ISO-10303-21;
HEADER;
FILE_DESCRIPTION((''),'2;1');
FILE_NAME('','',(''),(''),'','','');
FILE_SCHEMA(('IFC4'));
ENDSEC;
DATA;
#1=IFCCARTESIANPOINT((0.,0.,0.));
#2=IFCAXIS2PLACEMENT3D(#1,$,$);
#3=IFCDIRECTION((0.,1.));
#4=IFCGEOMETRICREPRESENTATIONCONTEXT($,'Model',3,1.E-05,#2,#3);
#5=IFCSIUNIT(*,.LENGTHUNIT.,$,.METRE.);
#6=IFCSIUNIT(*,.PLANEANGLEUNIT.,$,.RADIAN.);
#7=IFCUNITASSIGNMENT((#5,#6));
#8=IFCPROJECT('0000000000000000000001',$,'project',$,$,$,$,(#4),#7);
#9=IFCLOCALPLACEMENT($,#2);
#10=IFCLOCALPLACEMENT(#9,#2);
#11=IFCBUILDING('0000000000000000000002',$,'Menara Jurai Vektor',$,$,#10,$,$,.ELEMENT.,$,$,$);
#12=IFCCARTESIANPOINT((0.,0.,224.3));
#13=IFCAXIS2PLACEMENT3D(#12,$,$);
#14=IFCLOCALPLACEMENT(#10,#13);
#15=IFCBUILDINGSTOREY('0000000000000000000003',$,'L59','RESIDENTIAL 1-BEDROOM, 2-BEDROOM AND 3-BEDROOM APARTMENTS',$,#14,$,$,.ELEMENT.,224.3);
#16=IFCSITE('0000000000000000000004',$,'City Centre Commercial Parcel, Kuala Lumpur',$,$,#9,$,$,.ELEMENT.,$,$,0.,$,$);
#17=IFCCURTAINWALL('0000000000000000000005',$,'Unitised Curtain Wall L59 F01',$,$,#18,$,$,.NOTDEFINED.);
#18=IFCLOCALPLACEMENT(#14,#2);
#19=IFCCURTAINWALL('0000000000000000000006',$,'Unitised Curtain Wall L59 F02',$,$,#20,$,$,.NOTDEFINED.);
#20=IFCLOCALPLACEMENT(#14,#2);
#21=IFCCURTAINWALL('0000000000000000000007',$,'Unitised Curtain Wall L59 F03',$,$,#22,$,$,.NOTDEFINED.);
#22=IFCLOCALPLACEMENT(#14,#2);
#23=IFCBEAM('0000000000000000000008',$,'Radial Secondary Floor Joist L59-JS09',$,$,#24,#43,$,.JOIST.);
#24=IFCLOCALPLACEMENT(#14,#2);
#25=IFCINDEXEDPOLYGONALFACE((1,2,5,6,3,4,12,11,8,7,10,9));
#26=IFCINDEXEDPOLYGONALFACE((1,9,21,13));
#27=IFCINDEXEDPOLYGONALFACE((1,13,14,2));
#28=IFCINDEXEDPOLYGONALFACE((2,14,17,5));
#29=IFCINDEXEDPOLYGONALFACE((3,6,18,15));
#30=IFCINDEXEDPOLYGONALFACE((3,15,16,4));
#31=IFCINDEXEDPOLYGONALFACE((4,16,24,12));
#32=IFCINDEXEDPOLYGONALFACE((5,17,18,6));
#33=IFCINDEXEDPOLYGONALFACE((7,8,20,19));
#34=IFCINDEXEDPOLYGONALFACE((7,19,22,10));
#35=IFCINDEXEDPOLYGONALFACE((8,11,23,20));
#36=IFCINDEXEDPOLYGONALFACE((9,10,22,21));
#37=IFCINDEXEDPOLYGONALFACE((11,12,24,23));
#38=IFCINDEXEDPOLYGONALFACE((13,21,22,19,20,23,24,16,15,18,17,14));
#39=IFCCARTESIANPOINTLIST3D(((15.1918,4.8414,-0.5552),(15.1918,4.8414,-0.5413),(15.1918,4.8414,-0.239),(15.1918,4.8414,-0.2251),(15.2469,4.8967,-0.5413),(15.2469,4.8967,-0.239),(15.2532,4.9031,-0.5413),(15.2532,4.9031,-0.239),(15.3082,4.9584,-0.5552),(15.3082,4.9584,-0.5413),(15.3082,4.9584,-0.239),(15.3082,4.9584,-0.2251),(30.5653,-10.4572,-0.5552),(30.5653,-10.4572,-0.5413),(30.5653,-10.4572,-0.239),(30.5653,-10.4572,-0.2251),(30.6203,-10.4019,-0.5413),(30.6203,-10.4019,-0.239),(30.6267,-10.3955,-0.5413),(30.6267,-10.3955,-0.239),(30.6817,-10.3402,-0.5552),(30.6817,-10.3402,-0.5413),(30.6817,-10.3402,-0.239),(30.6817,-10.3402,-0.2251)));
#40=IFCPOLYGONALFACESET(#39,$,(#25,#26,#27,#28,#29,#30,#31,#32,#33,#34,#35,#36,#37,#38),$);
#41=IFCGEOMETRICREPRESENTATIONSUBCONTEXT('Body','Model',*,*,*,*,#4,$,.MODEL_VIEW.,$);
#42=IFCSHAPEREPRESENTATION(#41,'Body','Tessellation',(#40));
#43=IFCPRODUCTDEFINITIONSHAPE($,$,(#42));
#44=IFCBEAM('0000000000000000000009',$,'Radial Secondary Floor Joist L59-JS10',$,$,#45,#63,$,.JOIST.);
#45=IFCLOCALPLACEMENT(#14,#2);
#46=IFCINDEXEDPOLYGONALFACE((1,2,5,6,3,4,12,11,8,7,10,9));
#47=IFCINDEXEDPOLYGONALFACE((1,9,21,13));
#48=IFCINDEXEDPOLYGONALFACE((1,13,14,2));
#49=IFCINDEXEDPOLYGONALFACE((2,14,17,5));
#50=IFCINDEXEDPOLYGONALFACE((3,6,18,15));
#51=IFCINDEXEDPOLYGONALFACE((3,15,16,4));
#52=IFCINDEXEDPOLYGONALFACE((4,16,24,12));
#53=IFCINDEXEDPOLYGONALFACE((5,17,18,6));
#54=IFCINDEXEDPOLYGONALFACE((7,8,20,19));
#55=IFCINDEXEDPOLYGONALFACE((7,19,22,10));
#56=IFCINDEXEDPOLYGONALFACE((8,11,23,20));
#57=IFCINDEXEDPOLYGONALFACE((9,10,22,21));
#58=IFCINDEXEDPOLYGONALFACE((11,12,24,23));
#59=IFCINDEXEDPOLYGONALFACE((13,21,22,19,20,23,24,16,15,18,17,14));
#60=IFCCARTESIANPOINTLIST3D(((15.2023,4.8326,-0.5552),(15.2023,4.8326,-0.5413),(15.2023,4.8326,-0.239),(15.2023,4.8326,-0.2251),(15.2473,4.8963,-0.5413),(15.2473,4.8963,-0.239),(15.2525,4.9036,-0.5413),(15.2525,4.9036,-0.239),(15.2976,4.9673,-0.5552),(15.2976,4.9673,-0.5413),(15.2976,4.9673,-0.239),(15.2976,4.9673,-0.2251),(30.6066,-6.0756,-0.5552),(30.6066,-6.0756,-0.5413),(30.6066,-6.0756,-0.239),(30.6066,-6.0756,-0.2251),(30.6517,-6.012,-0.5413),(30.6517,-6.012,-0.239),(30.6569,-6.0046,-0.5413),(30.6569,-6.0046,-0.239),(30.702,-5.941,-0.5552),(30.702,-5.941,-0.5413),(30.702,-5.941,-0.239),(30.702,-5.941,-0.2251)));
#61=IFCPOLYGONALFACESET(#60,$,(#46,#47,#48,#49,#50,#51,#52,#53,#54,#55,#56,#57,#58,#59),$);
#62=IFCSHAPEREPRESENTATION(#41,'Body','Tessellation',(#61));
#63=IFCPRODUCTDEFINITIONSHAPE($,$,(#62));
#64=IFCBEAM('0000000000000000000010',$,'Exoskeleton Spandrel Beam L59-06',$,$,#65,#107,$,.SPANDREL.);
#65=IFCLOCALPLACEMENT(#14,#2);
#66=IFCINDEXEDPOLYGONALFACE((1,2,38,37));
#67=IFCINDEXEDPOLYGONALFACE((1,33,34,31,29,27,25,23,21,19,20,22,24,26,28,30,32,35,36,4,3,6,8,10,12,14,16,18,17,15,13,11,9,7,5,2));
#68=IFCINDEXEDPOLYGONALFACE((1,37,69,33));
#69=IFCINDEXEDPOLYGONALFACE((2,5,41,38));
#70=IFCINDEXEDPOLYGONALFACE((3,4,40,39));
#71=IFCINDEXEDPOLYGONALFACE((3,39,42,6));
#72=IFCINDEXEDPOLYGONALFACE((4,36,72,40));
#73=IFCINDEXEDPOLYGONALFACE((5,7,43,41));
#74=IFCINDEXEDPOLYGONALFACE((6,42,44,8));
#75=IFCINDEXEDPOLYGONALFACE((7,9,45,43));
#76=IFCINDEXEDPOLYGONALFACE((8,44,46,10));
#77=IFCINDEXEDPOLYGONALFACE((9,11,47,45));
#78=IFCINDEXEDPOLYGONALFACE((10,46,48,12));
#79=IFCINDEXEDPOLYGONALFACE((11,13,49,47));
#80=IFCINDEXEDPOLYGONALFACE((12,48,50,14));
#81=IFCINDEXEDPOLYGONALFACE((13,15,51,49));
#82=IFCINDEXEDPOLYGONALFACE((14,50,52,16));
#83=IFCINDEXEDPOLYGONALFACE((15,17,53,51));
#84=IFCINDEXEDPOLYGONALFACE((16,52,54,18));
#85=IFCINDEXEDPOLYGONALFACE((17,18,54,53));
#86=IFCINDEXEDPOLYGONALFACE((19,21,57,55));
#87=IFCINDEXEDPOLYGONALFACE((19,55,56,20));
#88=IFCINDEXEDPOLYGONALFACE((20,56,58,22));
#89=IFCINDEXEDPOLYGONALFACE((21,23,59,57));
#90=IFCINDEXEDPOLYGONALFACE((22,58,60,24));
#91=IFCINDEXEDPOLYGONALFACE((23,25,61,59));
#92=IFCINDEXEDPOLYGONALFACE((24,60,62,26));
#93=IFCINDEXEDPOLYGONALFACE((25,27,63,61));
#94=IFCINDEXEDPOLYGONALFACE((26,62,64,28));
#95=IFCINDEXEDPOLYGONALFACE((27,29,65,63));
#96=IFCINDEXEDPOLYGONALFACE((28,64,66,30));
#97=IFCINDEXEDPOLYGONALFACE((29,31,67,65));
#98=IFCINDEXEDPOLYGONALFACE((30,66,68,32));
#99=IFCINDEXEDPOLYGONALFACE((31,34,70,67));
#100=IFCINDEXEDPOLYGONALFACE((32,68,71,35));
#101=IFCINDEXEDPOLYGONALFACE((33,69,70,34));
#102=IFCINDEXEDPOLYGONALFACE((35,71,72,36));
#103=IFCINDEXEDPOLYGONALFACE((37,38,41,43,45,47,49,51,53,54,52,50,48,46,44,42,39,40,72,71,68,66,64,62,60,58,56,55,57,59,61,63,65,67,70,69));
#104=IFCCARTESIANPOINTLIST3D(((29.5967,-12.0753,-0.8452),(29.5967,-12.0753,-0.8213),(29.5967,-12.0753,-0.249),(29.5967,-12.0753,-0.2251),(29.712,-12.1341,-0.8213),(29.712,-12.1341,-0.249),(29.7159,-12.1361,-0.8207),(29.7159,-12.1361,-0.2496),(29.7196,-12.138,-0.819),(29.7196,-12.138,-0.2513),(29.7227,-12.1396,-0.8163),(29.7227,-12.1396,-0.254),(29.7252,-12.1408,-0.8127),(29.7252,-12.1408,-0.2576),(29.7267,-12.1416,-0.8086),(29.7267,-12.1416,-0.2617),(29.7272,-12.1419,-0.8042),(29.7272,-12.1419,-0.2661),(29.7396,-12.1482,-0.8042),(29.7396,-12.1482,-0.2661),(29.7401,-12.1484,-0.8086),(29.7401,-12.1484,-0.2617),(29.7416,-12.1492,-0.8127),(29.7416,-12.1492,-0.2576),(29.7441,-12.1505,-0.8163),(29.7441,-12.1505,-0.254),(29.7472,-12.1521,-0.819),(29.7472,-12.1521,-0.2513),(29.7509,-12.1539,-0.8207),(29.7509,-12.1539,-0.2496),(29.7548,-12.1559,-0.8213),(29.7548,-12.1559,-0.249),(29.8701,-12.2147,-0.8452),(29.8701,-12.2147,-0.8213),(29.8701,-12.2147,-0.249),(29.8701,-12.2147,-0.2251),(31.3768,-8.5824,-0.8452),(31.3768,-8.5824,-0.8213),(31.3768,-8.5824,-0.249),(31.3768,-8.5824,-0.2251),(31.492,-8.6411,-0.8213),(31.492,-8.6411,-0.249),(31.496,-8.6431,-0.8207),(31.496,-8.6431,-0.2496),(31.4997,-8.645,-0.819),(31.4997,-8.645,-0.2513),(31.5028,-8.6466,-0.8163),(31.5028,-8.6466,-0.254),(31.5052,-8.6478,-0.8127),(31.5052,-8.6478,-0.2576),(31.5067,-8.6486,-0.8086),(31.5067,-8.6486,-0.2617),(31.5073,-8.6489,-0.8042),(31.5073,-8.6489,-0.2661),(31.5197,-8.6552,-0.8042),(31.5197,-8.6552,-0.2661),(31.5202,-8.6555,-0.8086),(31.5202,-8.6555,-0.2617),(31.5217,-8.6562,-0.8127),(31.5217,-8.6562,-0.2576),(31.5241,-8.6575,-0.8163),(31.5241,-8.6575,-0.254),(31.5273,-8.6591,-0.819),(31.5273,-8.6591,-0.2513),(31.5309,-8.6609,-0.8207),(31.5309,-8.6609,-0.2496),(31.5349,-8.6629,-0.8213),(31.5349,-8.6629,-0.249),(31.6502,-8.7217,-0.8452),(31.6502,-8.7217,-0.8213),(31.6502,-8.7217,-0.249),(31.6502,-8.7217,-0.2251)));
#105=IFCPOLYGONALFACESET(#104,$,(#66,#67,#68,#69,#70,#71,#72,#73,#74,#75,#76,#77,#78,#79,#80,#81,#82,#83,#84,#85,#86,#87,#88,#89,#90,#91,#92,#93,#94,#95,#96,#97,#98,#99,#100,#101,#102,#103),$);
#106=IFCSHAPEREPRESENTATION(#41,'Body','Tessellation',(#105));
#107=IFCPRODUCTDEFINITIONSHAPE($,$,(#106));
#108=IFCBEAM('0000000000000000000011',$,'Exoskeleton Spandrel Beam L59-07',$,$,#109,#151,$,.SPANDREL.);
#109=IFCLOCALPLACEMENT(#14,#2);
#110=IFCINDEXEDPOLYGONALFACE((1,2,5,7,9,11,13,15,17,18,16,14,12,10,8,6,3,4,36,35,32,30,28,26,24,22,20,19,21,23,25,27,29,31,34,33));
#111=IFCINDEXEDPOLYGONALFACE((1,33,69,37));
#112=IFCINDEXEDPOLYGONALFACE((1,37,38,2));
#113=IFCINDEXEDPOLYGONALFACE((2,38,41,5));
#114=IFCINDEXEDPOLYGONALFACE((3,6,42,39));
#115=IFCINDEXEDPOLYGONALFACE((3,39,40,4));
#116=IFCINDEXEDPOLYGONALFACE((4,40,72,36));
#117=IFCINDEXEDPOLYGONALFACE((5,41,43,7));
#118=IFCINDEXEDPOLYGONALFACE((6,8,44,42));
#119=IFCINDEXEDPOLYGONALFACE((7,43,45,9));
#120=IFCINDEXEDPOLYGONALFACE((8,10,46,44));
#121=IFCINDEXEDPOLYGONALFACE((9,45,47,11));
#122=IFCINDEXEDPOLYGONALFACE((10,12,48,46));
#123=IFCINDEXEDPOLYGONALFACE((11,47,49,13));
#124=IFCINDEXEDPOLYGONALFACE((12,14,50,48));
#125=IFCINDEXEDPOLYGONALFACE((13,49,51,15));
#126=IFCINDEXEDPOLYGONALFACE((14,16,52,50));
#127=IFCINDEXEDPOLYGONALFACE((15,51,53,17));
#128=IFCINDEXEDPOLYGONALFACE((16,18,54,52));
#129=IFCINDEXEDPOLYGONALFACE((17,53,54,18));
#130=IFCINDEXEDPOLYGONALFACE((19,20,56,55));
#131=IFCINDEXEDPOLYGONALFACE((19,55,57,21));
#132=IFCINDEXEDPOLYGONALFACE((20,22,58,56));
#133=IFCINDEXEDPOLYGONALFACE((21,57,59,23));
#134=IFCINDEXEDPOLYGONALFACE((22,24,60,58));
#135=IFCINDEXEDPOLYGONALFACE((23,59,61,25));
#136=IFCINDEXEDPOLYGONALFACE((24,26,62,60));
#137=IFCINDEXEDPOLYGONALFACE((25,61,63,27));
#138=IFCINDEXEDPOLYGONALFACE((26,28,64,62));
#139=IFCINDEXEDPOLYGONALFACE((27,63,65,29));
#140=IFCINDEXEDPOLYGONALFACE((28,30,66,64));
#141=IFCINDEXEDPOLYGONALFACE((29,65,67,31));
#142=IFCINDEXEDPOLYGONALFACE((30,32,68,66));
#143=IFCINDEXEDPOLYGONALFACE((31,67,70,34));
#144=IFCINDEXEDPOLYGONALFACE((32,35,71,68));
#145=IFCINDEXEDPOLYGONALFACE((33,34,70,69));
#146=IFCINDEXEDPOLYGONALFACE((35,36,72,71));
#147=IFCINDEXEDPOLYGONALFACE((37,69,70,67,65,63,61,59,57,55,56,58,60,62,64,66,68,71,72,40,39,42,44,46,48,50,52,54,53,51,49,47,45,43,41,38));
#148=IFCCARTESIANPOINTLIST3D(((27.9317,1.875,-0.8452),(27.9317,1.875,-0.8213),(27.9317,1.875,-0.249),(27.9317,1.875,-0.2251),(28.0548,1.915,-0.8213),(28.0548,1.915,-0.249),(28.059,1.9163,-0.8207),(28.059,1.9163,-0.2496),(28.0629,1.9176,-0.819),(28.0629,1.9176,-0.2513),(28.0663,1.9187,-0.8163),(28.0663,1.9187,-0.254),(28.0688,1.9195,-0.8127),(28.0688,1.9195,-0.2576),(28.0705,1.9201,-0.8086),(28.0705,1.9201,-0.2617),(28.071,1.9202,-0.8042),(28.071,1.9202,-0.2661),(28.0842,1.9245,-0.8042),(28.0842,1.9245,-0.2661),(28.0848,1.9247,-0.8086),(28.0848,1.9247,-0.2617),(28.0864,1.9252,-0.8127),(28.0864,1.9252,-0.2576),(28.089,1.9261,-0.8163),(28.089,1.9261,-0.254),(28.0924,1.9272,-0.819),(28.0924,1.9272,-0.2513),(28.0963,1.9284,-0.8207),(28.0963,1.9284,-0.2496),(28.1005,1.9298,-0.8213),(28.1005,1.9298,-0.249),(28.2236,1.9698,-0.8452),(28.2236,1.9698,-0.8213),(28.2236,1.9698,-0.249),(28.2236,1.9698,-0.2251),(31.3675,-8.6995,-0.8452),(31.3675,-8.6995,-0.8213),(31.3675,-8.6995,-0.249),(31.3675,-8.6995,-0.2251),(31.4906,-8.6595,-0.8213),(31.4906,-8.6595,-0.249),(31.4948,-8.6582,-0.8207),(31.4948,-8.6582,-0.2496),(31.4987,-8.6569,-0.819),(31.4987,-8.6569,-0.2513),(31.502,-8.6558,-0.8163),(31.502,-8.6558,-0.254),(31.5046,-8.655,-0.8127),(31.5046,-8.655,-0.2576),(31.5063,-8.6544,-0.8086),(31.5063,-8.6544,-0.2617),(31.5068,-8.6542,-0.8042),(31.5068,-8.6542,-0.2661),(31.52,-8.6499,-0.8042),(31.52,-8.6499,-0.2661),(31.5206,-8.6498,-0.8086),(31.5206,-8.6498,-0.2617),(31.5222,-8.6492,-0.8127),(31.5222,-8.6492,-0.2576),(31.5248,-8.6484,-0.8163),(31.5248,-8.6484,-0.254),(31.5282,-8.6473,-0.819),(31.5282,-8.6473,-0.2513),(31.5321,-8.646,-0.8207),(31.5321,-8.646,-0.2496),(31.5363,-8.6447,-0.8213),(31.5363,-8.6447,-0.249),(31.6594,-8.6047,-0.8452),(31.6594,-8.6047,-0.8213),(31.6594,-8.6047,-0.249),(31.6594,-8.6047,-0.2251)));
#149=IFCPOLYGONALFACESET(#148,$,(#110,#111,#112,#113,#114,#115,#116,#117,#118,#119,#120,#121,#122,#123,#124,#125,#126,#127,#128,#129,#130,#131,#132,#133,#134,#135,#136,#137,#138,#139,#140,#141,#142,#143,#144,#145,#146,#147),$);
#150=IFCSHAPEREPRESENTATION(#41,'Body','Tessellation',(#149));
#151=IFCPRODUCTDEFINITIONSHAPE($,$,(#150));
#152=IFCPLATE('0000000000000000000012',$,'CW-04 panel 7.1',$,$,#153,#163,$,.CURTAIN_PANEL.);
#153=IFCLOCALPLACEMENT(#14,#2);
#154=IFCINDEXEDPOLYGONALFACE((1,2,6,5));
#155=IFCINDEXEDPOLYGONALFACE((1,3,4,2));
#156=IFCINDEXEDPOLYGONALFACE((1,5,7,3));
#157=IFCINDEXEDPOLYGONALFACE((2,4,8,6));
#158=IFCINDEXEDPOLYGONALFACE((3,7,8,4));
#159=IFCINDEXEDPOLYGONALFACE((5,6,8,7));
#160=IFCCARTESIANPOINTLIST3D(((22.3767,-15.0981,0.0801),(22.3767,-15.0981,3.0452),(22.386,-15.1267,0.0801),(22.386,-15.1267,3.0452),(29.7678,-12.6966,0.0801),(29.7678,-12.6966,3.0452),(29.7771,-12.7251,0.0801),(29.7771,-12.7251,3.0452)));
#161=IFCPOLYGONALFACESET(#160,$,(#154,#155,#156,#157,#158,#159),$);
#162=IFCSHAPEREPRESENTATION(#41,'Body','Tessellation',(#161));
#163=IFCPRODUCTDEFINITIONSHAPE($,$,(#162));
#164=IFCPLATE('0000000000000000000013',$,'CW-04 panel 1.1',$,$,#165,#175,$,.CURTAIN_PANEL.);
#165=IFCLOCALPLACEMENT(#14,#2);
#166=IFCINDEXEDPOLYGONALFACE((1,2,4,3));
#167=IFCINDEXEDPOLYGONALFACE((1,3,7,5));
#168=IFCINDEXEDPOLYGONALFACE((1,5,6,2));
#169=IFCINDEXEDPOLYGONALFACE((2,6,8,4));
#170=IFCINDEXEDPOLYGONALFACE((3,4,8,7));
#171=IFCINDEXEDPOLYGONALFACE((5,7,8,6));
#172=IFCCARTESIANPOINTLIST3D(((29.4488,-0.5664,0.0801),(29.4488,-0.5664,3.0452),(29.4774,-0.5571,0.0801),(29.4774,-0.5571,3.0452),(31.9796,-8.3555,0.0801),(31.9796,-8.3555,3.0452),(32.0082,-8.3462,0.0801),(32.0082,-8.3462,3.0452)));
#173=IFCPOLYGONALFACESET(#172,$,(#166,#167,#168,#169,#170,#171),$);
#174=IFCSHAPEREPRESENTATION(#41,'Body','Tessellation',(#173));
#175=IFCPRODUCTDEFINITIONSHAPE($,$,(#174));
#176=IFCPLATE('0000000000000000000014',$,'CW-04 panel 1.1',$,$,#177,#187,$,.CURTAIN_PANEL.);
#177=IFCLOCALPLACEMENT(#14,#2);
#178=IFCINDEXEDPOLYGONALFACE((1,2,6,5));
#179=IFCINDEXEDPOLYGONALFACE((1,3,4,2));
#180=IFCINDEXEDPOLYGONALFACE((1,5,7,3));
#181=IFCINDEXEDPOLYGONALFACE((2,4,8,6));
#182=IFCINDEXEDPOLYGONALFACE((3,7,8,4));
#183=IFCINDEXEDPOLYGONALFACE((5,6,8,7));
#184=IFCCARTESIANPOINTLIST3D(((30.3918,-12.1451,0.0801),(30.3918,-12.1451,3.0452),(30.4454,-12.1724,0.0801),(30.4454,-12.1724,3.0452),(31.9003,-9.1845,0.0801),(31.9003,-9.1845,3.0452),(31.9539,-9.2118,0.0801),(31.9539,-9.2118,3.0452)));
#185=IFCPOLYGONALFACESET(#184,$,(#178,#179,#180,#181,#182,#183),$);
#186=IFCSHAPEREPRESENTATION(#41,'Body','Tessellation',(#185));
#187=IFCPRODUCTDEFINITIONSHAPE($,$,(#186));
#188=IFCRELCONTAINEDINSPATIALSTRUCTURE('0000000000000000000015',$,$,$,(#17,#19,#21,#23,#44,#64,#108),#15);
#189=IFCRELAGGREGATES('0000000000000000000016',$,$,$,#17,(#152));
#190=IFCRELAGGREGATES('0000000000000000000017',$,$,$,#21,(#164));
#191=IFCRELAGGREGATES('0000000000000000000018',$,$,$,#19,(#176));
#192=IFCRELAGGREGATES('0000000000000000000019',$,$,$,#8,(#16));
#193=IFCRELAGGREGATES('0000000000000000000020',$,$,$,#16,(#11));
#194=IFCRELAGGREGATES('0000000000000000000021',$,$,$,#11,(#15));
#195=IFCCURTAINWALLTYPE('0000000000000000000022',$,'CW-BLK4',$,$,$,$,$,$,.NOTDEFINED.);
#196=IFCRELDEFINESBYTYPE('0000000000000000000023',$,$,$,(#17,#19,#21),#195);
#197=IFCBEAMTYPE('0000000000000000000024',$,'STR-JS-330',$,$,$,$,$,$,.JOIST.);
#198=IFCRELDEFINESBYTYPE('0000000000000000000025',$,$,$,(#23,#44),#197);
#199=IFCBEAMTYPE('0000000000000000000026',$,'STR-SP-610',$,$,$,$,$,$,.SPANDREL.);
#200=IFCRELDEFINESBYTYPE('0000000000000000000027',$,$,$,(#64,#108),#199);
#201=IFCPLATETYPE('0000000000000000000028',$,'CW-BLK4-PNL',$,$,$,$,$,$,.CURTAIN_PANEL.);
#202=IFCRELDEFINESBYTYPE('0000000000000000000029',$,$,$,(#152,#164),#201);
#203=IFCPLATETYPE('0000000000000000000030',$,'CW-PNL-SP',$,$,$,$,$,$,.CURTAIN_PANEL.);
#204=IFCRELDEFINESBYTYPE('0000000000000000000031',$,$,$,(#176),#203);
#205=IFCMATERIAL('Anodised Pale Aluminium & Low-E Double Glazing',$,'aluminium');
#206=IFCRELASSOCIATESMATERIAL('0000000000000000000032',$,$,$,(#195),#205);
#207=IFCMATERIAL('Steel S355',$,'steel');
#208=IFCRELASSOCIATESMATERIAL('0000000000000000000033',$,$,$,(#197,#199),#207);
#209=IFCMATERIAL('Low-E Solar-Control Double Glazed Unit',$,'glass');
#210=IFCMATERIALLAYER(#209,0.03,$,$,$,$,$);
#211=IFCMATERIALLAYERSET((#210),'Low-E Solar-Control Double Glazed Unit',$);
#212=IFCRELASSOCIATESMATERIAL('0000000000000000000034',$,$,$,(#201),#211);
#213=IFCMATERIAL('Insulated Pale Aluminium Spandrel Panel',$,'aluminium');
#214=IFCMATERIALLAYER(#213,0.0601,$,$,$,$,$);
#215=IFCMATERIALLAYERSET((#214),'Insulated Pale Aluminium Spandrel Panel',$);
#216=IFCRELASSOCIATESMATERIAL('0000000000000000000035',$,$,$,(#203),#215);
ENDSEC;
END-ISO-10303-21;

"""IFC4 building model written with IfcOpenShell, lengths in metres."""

from ifc_helpers import new_model, si_unit, direction, frame, origin, origin_2d, place, context, subcontext, project, spatial, rectangle, i_section, extrude, material, layer, layer_set, material_profile, profile_set, type_object, element, aggregate, save


model = new_model("IFC4")

# Units and contexts
model_context = context("Model", 3, precision=1e-05, world=origin(), true_north=direction((0.0, 1.0)))
body_context = subcontext(model_context, "Body", "Model", "MODEL_VIEW")
ifc_project = project(units=[si_unit("LENGTHUNIT", "METRE"), si_unit("PLANEANGLEUNIT", "RADIAN")], contexts=[model_context])

# Site, building, storey
site_placement = place(None, origin())
site = spatial("IfcSite", under=ifc_project, at=site_placement, Name="City Centre Commercial Parcel, Kuala Lumpur", CompositionType="ELEMENT", RefElevation=0.0)
building_placement = place(site_placement, origin())
building = spatial("IfcBuilding", under=site, at=building_placement, Name="Menara Jurai Vektor", CompositionType="ELEMENT")
storey_placement = place(building_placement, frame((0.0, 0.0, 224.3)))
storey = spatial("IfcBuildingStorey", under=building, at=storey_placement, Name="L59", Description="RESIDENTIAL 1-BEDROOM, 2-BEDROOM AND 3-BEDROOM APARTMENTS", CompositionType="ELEMENT", Elevation=224.3)

# Curtain wall
ifc_material_1 = material(Name="Anodised Pale Aluminium & Low-E Double Glazing", Category="aluminium")
curtain_wall_type = type_object("IfcCurtainWallType", Name="CW-BLK4", PredefinedType="NOTDEFINED", material=ifc_material_1)
curtain_wall_1_placement = place(storey_placement, origin())
curtain_wall_1 = element("IfcCurtainWall", 1, at=curtain_wall_1_placement, inside=storey, type_object=curtain_wall_type, Name="Unitised Curtain Wall L59 F01", PredefinedType="NOTDEFINED")

# Curtain walls
curtain_wall_2_placement = place(storey_placement, origin())
curtain_wall_2 = element("IfcCurtainWall", 2, at=curtain_wall_2_placement, inside=storey, type_object=curtain_wall_type, Name="Unitised Curtain Wall L59 F02", PredefinedType="NOTDEFINED")
curtain_wall_3_placement = place(storey_placement, origin())
curtain_wall_3 = element("IfcCurtainWall", 3, at=curtain_wall_3_placement, inside=storey, type_object=curtain_wall_type, Name="Unitised Curtain Wall L59 F03", PredefinedType="NOTDEFINED")

# Shared definitions
ifc_material_2 = material(Name="Steel S355", Category="steel")

# Beams
ifc_material_profile_1 = material_profile(ifc_material_2, i_section(OverallWidth=0.165, OverallDepth=0.3301, WebThickness=0.009, FlangeThickness=0.0139, at=origin_2d()), Name="PG 330x165x46")
ifc_profile_set_1 = profile_set([ifc_material_profile_1], Name="Steel S355")
beam_type_1 = type_object("IfcBeamType", Name="STR-JS-330", PredefinedType="JOIST", material=ifc_profile_set_1)
beam_1_placement = place(storey_placement, frame((30.6235, -10.3987, -0.3901), z_axis=(-0.708833, 0.705377, 0.0), x_axis=(-0.705377, -0.708833, 0.0)))
element("IfcBeam", 4, at=beam_1_placement, inside=storey, type_object=beam_type_1, Name="Radial Secondary Floor Joist L59-JS09", PredefinedType="JOIST", context=body_context, shape_type="SweptSolid", body=[
    extrude(i_section(OverallWidth=0.165, OverallDepth=0.3301, WebThickness=0.009, FlangeThickness=0.0139, at=origin_2d()), origin(), (0.0, 0.0, 1.0), 21.6885),
])
beam_2_placement = place(storey_placement, frame((30.6543, -6.0083, -0.3901), z_axis=(-0.816104, 0.577905, 0.0), x_axis=(-0.577905, -0.816104, 0.0)))
element("IfcBeam", 5, at=beam_2_placement, inside=storey, type_object=beam_type_1, Name="Radial Secondary Floor Joist L59-JS10", PredefinedType="JOIST", context=body_context, shape_type="SweptSolid", body=[
    extrude(i_section(OverallWidth=0.165, OverallDepth=0.3301, WebThickness=0.009, FlangeThickness=0.0139, at=origin_2d()), origin(), (0.0, 0.0, 1.0), 18.8755),
])
ifc_material_profile_2 = material_profile(ifc_material_2, i_section(OverallWidth=0.3069, OverallDepth=0.6201, WebThickness=0.0139, FlangeThickness=0.0239, FilletRadius=0.0171, at=origin_2d()), Name="UKB 610x305x179")
ifc_profile_set_2 = profile_set([ifc_material_profile_2], Name="Steel S355")
beam_type_2 = type_object("IfcBeamType", Name="STR-SP-610", PredefinedType="SPANDREL", material=ifc_profile_set_2)
beam_3_placement = place(storey_placement, frame((29.7334, -12.145, -0.5352), z_axis=(0.454051, 0.890976, 0.0), x_axis=(-0.890976, 0.454051, 0.0)))
element("IfcBeam", 6, at=beam_3_placement, inside=storey, type_object=beam_type_2, Name="Exoskeleton Spandrel Beam L59-06", PredefinedType="SPANDREL", context=body_context, shape_type="SweptSolid", body=[
    extrude(i_section(OverallWidth=0.3069, OverallDepth=0.6201, WebThickness=0.0139, FlangeThickness=0.0239, FilletRadius=0.0171, at=origin_2d()), origin(), (0.0, 0.0, 1.0), 3.9204),
])
beam_4_placement = place(storey_placement, frame((31.5134, -8.6521, -0.5352), z_axis=(-0.309012, 0.951058, 0.0), x_axis=(-0.951058, -0.309012, 0.0)))
element("IfcBeam", 7, at=beam_4_placement, inside=storey, type_object=beam_type_2, Name="Exoskeleton Spandrel Beam L59-07", PredefinedType="SPANDREL", context=body_context, shape_type="SweptSolid", body=[
    extrude(i_section(OverallWidth=0.3069, OverallDepth=0.6201, WebThickness=0.0139, FlangeThickness=0.0239, FilletRadius=0.0171, at=origin_2d()), origin(), (0.0, 0.0, 1.0), 11.1187),
])

# Plates
ifc_material_3 = material(Name="Low-E Solar-Control Double Glazed Unit", Category="glass")
ifc_layer_1 = layer(ifc_material_3, 0.03)
ifc_layer_set_1 = layer_set([ifc_layer_1], Name="Low-E Solar-Control Double Glazed Unit")
plate_type_1 = type_object("IfcPlateType", Name="CW-BLK4-PNL", PredefinedType="CURTAIN_PANEL", material=ifc_layer_set_1)
plate_1_placement = place(storey_placement, frame((26.0769, -13.9116, 0.0801), z_axis=(0.0, 0.0, 1.0), x_axis=(0.951056, 0.309017, 0.0)))
plate_1 = element("IfcPlate", 8, at=plate_1_placement, type_object=plate_type_1, Name="CW-04 panel 7.1", PredefinedType="CURTAIN_PANEL", context=body_context, shape_type="SweptSolid", body=[
    extrude(rectangle(XDim=7.7715, YDim=0.03, at=origin_2d()), origin(), (0.0, 0.0, 1.0), 2.9651),
])
aggregate(curtain_wall_1, [plate_1])
plate_2_placement = place(storey_placement, frame((30.7285, -4.4563, 0.0801), z_axis=(0.0, 0.0, 1.0), x_axis=(-0.309016, 0.951057, 0.0)))
plate_2 = element("IfcPlate", 9, at=plate_2_placement, type_object=plate_type_1, Name="CW-04 panel 1.1", PredefinedType="CURTAIN_PANEL", context=body_context, shape_type="SweptSolid", body=[
    extrude(rectangle(XDim=8.1899, YDim=0.03, at=origin_2d()), origin(), (0.0, 0.0, 1.0), 2.9651),
])
aggregate(curtain_wall_3, [plate_2])
ifc_material_4 = material(Name="Insulated Pale Aluminium Spandrel Panel", Category="aluminium")
ifc_layer_2 = layer(ifc_material_4, 0.0601)
ifc_layer_set_2 = layer_set([ifc_layer_2], Name="Insulated Pale Aluminium Spandrel Panel")
plate_type_2 = type_object("IfcPlateType", Name="CW-PNL-SP", PredefinedType="CURTAIN_PANEL", material=ifc_layer_set_2)
plate_3_placement = place(storey_placement, frame((31.1729, -10.6785, 0.0801), z_axis=(0.0, 0.0, 1.0), x_axis=(0.453989, 0.891008, 0.0)))
plate_3 = element("IfcPlate", 10, at=plate_3_placement, type_object=plate_type_2, Name="CW-04 panel 1.1", PredefinedType="CURTAIN_PANEL", context=body_context, shape_type="SweptSolid", body=[
    extrude(rectangle(XDim=3.3228, YDim=0.0601, at=origin_2d()), origin(), (0.0, 0.0, 1.0), 2.9651),
])
aggregate(curtain_wall_2, [plate_3])

save(model, "model.ifc")
